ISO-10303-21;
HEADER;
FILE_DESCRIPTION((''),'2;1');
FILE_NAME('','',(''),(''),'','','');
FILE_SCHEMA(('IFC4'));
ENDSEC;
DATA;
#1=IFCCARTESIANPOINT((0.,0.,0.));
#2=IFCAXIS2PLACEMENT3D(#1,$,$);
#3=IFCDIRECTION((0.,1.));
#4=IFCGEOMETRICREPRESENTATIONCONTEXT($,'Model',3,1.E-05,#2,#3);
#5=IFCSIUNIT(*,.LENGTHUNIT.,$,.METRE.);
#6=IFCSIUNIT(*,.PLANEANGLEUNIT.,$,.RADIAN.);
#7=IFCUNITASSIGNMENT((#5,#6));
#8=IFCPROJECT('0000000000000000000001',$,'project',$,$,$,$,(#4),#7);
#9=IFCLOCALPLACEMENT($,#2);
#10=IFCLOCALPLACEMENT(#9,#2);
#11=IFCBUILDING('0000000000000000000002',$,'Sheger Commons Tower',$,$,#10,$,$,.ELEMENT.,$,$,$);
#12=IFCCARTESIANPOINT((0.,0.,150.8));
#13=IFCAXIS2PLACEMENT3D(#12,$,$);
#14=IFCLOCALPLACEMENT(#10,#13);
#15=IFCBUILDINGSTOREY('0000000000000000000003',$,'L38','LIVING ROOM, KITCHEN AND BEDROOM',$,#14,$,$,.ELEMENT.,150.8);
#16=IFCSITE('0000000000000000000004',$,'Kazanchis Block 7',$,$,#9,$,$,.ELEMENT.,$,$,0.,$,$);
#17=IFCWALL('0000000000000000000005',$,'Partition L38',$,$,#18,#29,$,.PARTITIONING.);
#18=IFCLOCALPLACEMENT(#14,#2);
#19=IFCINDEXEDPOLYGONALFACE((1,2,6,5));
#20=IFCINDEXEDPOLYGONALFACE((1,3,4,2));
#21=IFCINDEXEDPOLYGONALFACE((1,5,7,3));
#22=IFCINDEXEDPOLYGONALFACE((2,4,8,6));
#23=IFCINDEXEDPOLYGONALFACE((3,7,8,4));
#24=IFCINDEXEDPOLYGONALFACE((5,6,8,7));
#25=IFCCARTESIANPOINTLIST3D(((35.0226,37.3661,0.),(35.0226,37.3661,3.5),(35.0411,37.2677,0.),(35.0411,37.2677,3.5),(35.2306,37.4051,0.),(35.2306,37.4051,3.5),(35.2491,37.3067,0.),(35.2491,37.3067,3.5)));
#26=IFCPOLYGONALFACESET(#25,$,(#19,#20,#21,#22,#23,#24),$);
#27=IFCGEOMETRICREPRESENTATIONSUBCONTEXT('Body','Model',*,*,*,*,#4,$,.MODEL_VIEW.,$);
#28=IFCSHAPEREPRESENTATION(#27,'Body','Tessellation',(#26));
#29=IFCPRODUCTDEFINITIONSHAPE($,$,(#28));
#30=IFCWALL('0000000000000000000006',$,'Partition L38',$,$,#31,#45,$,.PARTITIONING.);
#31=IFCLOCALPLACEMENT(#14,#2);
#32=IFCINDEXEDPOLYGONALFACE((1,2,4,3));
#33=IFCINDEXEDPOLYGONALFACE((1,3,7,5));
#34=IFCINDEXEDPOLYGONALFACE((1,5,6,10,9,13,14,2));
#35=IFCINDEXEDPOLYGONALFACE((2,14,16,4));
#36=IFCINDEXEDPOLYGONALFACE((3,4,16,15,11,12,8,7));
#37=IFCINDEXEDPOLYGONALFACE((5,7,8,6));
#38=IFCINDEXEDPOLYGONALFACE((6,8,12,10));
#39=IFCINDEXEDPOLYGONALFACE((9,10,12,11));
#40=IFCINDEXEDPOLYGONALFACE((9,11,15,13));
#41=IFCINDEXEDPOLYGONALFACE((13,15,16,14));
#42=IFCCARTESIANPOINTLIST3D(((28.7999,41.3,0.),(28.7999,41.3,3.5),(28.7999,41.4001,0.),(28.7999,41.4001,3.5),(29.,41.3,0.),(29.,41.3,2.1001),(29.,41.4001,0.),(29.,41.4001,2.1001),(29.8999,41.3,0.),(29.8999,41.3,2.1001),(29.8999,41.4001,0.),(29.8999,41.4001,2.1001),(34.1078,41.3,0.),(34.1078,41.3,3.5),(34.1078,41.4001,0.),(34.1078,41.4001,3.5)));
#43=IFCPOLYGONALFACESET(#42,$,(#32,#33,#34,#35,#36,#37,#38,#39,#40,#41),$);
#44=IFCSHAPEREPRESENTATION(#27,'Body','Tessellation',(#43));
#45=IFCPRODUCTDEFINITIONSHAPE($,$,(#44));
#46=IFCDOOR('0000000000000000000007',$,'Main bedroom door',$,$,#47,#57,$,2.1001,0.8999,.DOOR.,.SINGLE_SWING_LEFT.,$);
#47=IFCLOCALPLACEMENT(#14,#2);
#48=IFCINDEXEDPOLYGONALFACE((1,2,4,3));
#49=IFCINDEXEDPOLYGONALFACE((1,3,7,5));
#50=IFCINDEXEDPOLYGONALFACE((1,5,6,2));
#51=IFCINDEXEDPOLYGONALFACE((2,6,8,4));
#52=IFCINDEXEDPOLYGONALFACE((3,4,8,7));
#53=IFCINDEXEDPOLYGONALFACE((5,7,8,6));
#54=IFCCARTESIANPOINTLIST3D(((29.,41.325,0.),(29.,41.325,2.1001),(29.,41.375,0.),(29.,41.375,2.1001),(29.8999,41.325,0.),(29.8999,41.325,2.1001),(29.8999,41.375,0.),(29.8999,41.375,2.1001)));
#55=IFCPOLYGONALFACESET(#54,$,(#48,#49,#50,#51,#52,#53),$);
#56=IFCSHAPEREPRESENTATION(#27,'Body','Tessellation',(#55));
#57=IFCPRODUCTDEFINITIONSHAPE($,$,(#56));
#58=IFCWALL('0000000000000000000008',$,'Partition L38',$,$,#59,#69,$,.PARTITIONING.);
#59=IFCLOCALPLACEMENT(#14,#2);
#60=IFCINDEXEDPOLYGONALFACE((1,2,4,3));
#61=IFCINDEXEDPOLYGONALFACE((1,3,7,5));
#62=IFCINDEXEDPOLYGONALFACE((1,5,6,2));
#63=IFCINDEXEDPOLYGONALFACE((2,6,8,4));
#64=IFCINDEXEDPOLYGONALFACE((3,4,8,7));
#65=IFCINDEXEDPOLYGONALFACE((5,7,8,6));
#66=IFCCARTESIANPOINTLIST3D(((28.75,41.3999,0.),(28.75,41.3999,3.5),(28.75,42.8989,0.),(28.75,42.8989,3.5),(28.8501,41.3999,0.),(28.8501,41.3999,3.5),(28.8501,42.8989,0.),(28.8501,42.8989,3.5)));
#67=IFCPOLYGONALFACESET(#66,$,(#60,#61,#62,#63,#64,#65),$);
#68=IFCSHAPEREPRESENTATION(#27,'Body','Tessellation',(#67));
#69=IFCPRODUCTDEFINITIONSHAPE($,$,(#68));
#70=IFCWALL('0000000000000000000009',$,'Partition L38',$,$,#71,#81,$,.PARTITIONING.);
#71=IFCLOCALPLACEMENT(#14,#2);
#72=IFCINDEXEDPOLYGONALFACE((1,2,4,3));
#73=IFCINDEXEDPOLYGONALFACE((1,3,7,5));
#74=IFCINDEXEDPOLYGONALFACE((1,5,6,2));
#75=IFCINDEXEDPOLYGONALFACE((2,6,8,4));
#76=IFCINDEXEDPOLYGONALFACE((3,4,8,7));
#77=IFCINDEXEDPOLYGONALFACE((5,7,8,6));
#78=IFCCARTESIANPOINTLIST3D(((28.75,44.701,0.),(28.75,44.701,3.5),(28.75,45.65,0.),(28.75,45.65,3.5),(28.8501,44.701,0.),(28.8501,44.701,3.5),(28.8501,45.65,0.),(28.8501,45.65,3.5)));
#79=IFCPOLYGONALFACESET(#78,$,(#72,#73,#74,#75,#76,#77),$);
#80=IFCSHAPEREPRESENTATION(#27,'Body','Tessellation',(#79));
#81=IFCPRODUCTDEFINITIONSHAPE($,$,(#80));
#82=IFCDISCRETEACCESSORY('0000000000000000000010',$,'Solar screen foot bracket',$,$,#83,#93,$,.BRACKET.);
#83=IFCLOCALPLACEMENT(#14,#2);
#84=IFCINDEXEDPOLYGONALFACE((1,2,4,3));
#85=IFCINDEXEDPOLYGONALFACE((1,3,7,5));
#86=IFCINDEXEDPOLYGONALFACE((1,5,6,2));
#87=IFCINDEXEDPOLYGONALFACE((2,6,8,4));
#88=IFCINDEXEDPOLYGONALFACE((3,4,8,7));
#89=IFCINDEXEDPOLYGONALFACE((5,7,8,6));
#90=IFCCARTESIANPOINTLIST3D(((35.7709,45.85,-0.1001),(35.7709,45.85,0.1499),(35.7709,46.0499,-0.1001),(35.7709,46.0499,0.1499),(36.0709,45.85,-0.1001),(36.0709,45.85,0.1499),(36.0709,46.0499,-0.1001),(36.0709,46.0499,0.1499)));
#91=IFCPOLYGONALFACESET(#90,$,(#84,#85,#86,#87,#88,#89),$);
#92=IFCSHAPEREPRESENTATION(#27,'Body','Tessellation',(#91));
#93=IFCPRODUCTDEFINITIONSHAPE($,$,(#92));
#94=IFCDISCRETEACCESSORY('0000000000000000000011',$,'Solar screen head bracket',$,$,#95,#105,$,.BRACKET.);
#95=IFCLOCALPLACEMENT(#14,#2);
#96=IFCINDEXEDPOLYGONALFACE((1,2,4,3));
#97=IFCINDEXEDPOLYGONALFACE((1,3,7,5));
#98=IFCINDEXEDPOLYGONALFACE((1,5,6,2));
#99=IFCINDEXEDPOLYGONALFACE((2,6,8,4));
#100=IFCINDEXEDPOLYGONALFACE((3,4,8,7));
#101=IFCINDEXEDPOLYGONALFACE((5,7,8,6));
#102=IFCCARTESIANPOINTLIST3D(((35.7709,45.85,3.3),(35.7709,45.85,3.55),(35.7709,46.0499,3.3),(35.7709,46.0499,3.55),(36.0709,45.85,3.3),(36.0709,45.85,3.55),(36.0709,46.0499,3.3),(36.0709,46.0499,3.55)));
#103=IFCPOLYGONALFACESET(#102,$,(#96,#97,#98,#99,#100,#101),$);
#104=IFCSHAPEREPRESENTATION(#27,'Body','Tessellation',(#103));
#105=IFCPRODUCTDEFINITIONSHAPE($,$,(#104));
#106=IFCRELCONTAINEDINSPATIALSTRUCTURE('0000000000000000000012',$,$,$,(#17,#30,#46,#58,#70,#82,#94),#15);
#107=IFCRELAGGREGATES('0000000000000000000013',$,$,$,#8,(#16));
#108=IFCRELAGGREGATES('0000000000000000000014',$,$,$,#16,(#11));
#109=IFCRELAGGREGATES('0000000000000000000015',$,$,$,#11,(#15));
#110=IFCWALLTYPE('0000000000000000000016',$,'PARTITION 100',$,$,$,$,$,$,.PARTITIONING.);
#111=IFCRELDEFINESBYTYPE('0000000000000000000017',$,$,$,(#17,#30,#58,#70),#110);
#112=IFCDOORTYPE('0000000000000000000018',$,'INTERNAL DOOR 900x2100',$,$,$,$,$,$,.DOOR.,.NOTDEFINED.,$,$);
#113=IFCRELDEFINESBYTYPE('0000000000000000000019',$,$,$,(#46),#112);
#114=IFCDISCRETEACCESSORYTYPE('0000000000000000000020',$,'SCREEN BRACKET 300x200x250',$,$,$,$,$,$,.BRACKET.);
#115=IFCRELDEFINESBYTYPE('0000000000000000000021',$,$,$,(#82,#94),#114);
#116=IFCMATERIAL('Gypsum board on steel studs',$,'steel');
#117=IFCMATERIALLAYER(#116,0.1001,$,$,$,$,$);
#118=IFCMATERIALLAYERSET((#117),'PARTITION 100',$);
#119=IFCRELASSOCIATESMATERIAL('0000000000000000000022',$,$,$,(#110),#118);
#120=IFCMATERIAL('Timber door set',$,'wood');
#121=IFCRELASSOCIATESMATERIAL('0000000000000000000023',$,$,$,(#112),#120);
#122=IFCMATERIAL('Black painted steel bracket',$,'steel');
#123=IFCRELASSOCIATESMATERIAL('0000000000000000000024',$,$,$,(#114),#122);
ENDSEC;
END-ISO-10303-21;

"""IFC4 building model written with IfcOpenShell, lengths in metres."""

from ifc_helpers import new_model, si_unit, direction, frame, frame_2d, origin, origin_2d, place, context, subcontext, project, spatial, rectangle, extrude, material, layer, layer_set, type_object, element, fill, save


model = new_model("IFC4")

# Units and contexts
model_context = context("Model", 3, precision=1e-05, world=origin(), true_north=direction((0.0, 1.0)))
body_context = subcontext(model_context, "Body", "Model", "MODEL_VIEW")
ifc_project = project(units=[si_unit("LENGTHUNIT", "METRE"), si_unit("PLANEANGLEUNIT", "RADIAN")], contexts=[model_context])

# Site, building, storey
site_placement = place(None, origin())
site = spatial("IfcSite", under=ifc_project, at=site_placement, Name="Kazanchis Block 7", CompositionType="ELEMENT", RefElevation=0.0)
building_placement = place(site_placement, origin())
building = spatial("IfcBuilding", under=site, at=building_placement, Name="Sheger Commons Tower", CompositionType="ELEMENT")
storey_placement = place(building_placement, frame((0.0, 0.0, 150.8)))
storey = spatial("IfcBuildingStorey", under=building, at=storey_placement, Name="L38", Description="LIVING ROOM, KITCHEN AND BEDROOM", CompositionType="ELEMENT", Elevation=150.8)

# Wall
ifc_material_1 = material(Name="Gypsum board on steel studs", Category="steel")
ifc_layer_1 = layer(ifc_material_1, 0.1001)
ifc_layer_set_1 = layer_set([ifc_layer_1], Name="PARTITION 100")
wall_type_1 = type_object("IfcWallType", Name="PARTITION 100", PredefinedType="PARTITIONING", material=ifc_layer_set_1)
wall_1_placement = place(storey_placement, frame((35.24, 37.356, 0.0), z_axis=(0.0, 0.0, 1.0), x_axis=(-0.98282, -0.184567, 0.0)))
element("IfcWall", 1, at=wall_1_placement, inside=storey, type_object=wall_type_1, Name="Partition L38", PredefinedType="PARTITIONING", context=body_context, shape_type="SweptSolid", body=[
    extrude(rectangle(XDim=0.2117, YDim=0.1001, at=frame_2d((0.106, 0.0))), origin(), (0.0, 0.0, 1.0), 3.5),
])

# Wall, opening, door
wall_2_placement = place(storey_placement, frame((28.8, 41.3501, 0.0), z_axis=(0.0, 0.0, 1.0), x_axis=(1.0, 0.0, 0.0)))
wall_2 = element("IfcWall", 2, at=wall_2_placement, inside=storey, type_object=wall_type_1, Name="Partition L38", PredefinedType="PARTITIONING", context=body_context, shape_type="SweptSolid", body=[
    extrude(rectangle(XDim=5.3079, YDim=0.1001, at=frame_2d((2.6538, 0.0))), origin(), (0.0, 0.0, 1.0), 3.5),
])
opening_1_placement = place(wall_2_placement, frame((0.2, 0.0, 0.0)))
opening_1 = element("IfcOpeningElement", 3, at=opening_1_placement, cuts=wall_2, PredefinedType="OPENING", context=body_context, shape_type="SweptSolid", body=[
    extrude(rectangle(XDim=0.8999, YDim=2.1001, at=frame_2d((0.45, 1.05))), frame((0.0, 0.0601, 0.0), z_axis=(0.0, -1.0, 0.0), x_axis=(1.0, 0.0, 0.0)), (0.0, 0.0, 1.0), 0.1201),
])
ifc_material_2 = material(Name="Timber door set", Category="wood")
door_type_1 = type_object("IfcDoorType", Name="INTERNAL DOOR 900x2100", OperationType="NOTDEFINED", PredefinedType="DOOR", material=ifc_material_2)
door_1_placement = place(opening_1_placement, origin())
door_1 = element("IfcDoor", 4, at=door_1_placement, inside=storey, type_object=door_type_1, Name="Main bedroom door", OperationType="SINGLE_SWING_LEFT", OverallHeight=2.1001, OverallWidth=0.8999, PredefinedType="DOOR", context=body_context, shape_type="SweptSolid", body=[
    extrude(rectangle(XDim=0.8999, YDim=2.1001, at=frame_2d((0.45, 1.05))), frame((0.0, 0.0249, 0.0), z_axis=(0.0, -1.0, 0.0), x_axis=(1.0, 0.0, 0.0)), (0.0, 0.0, 1.0), 0.05),
])
fill(opening_1, door_1)

# Walls
wall_3_placement = place(storey_placement, frame((28.8, 41.3999, 0.0), z_axis=(0.0, 0.0, 1.0), x_axis=(0.0, 1.0, 0.0)))
element("IfcWall", 5, at=wall_3_placement, inside=storey, type_object=wall_type_1, Name="Partition L38", PredefinedType="PARTITIONING", context=body_context, shape_type="SweptSolid", body=[
    extrude(rectangle(XDim=1.499, YDim=0.1001, at=frame_2d((0.7495, 0.0))), origin(), (0.0, 0.0, 1.0), 3.5),
])
wall_4_placement = place(storey_placement, frame((28.8, 44.7009, 0.0), z_axis=(0.0, 0.0, 1.0), x_axis=(0.0, 1.0, 0.0)))
element("IfcWall", 6, at=wall_4_placement, inside=storey, type_object=wall_type_1, Name="Partition L38", PredefinedType="PARTITIONING", context=body_context, shape_type="SweptSolid", body=[
    extrude(rectangle(XDim=0.949, YDim=0.1001, at=frame_2d((0.4746, 0.0))), origin(), (0.0, 0.0, 1.0), 3.5),
])

# Discrete accessories
ifc_material_3 = material(Name="Black painted steel bracket", Category="steel")
discrete_accessory_type = type_object("IfcDiscreteAccessoryType", Name="SCREEN BRACKET 300x200x250", PredefinedType="BRACKET", material=ifc_material_3)
for number, where, z_axis, x_axis, name in (
    (7, (35.9209, 45.95, -0.1001), (0.0, 0.0, 1.0), (-1.0, 0.0, 0.0), "Solar screen foot bracket"),
    (8, (35.9209, 45.95, 3.3), (0.0, 0.0, 1.0), (-1.0, 0.0, 0.0), "Solar screen head bracket"),
):
    element("IfcDiscreteAccessory", number, at=place(storey_placement, frame(where, z_axis=z_axis, x_axis=x_axis)), inside=storey, type_object=discrete_accessory_type, Name=name, PredefinedType="BRACKET", context=body_context, shape_type="SweptSolid", body=[
        extrude(rectangle(XDim=0.3, YDim=0.2, at=origin_2d()), origin(), (0.0, 0.0, 1.0), 0.25),
    ])

save(model, "model.ifc")
